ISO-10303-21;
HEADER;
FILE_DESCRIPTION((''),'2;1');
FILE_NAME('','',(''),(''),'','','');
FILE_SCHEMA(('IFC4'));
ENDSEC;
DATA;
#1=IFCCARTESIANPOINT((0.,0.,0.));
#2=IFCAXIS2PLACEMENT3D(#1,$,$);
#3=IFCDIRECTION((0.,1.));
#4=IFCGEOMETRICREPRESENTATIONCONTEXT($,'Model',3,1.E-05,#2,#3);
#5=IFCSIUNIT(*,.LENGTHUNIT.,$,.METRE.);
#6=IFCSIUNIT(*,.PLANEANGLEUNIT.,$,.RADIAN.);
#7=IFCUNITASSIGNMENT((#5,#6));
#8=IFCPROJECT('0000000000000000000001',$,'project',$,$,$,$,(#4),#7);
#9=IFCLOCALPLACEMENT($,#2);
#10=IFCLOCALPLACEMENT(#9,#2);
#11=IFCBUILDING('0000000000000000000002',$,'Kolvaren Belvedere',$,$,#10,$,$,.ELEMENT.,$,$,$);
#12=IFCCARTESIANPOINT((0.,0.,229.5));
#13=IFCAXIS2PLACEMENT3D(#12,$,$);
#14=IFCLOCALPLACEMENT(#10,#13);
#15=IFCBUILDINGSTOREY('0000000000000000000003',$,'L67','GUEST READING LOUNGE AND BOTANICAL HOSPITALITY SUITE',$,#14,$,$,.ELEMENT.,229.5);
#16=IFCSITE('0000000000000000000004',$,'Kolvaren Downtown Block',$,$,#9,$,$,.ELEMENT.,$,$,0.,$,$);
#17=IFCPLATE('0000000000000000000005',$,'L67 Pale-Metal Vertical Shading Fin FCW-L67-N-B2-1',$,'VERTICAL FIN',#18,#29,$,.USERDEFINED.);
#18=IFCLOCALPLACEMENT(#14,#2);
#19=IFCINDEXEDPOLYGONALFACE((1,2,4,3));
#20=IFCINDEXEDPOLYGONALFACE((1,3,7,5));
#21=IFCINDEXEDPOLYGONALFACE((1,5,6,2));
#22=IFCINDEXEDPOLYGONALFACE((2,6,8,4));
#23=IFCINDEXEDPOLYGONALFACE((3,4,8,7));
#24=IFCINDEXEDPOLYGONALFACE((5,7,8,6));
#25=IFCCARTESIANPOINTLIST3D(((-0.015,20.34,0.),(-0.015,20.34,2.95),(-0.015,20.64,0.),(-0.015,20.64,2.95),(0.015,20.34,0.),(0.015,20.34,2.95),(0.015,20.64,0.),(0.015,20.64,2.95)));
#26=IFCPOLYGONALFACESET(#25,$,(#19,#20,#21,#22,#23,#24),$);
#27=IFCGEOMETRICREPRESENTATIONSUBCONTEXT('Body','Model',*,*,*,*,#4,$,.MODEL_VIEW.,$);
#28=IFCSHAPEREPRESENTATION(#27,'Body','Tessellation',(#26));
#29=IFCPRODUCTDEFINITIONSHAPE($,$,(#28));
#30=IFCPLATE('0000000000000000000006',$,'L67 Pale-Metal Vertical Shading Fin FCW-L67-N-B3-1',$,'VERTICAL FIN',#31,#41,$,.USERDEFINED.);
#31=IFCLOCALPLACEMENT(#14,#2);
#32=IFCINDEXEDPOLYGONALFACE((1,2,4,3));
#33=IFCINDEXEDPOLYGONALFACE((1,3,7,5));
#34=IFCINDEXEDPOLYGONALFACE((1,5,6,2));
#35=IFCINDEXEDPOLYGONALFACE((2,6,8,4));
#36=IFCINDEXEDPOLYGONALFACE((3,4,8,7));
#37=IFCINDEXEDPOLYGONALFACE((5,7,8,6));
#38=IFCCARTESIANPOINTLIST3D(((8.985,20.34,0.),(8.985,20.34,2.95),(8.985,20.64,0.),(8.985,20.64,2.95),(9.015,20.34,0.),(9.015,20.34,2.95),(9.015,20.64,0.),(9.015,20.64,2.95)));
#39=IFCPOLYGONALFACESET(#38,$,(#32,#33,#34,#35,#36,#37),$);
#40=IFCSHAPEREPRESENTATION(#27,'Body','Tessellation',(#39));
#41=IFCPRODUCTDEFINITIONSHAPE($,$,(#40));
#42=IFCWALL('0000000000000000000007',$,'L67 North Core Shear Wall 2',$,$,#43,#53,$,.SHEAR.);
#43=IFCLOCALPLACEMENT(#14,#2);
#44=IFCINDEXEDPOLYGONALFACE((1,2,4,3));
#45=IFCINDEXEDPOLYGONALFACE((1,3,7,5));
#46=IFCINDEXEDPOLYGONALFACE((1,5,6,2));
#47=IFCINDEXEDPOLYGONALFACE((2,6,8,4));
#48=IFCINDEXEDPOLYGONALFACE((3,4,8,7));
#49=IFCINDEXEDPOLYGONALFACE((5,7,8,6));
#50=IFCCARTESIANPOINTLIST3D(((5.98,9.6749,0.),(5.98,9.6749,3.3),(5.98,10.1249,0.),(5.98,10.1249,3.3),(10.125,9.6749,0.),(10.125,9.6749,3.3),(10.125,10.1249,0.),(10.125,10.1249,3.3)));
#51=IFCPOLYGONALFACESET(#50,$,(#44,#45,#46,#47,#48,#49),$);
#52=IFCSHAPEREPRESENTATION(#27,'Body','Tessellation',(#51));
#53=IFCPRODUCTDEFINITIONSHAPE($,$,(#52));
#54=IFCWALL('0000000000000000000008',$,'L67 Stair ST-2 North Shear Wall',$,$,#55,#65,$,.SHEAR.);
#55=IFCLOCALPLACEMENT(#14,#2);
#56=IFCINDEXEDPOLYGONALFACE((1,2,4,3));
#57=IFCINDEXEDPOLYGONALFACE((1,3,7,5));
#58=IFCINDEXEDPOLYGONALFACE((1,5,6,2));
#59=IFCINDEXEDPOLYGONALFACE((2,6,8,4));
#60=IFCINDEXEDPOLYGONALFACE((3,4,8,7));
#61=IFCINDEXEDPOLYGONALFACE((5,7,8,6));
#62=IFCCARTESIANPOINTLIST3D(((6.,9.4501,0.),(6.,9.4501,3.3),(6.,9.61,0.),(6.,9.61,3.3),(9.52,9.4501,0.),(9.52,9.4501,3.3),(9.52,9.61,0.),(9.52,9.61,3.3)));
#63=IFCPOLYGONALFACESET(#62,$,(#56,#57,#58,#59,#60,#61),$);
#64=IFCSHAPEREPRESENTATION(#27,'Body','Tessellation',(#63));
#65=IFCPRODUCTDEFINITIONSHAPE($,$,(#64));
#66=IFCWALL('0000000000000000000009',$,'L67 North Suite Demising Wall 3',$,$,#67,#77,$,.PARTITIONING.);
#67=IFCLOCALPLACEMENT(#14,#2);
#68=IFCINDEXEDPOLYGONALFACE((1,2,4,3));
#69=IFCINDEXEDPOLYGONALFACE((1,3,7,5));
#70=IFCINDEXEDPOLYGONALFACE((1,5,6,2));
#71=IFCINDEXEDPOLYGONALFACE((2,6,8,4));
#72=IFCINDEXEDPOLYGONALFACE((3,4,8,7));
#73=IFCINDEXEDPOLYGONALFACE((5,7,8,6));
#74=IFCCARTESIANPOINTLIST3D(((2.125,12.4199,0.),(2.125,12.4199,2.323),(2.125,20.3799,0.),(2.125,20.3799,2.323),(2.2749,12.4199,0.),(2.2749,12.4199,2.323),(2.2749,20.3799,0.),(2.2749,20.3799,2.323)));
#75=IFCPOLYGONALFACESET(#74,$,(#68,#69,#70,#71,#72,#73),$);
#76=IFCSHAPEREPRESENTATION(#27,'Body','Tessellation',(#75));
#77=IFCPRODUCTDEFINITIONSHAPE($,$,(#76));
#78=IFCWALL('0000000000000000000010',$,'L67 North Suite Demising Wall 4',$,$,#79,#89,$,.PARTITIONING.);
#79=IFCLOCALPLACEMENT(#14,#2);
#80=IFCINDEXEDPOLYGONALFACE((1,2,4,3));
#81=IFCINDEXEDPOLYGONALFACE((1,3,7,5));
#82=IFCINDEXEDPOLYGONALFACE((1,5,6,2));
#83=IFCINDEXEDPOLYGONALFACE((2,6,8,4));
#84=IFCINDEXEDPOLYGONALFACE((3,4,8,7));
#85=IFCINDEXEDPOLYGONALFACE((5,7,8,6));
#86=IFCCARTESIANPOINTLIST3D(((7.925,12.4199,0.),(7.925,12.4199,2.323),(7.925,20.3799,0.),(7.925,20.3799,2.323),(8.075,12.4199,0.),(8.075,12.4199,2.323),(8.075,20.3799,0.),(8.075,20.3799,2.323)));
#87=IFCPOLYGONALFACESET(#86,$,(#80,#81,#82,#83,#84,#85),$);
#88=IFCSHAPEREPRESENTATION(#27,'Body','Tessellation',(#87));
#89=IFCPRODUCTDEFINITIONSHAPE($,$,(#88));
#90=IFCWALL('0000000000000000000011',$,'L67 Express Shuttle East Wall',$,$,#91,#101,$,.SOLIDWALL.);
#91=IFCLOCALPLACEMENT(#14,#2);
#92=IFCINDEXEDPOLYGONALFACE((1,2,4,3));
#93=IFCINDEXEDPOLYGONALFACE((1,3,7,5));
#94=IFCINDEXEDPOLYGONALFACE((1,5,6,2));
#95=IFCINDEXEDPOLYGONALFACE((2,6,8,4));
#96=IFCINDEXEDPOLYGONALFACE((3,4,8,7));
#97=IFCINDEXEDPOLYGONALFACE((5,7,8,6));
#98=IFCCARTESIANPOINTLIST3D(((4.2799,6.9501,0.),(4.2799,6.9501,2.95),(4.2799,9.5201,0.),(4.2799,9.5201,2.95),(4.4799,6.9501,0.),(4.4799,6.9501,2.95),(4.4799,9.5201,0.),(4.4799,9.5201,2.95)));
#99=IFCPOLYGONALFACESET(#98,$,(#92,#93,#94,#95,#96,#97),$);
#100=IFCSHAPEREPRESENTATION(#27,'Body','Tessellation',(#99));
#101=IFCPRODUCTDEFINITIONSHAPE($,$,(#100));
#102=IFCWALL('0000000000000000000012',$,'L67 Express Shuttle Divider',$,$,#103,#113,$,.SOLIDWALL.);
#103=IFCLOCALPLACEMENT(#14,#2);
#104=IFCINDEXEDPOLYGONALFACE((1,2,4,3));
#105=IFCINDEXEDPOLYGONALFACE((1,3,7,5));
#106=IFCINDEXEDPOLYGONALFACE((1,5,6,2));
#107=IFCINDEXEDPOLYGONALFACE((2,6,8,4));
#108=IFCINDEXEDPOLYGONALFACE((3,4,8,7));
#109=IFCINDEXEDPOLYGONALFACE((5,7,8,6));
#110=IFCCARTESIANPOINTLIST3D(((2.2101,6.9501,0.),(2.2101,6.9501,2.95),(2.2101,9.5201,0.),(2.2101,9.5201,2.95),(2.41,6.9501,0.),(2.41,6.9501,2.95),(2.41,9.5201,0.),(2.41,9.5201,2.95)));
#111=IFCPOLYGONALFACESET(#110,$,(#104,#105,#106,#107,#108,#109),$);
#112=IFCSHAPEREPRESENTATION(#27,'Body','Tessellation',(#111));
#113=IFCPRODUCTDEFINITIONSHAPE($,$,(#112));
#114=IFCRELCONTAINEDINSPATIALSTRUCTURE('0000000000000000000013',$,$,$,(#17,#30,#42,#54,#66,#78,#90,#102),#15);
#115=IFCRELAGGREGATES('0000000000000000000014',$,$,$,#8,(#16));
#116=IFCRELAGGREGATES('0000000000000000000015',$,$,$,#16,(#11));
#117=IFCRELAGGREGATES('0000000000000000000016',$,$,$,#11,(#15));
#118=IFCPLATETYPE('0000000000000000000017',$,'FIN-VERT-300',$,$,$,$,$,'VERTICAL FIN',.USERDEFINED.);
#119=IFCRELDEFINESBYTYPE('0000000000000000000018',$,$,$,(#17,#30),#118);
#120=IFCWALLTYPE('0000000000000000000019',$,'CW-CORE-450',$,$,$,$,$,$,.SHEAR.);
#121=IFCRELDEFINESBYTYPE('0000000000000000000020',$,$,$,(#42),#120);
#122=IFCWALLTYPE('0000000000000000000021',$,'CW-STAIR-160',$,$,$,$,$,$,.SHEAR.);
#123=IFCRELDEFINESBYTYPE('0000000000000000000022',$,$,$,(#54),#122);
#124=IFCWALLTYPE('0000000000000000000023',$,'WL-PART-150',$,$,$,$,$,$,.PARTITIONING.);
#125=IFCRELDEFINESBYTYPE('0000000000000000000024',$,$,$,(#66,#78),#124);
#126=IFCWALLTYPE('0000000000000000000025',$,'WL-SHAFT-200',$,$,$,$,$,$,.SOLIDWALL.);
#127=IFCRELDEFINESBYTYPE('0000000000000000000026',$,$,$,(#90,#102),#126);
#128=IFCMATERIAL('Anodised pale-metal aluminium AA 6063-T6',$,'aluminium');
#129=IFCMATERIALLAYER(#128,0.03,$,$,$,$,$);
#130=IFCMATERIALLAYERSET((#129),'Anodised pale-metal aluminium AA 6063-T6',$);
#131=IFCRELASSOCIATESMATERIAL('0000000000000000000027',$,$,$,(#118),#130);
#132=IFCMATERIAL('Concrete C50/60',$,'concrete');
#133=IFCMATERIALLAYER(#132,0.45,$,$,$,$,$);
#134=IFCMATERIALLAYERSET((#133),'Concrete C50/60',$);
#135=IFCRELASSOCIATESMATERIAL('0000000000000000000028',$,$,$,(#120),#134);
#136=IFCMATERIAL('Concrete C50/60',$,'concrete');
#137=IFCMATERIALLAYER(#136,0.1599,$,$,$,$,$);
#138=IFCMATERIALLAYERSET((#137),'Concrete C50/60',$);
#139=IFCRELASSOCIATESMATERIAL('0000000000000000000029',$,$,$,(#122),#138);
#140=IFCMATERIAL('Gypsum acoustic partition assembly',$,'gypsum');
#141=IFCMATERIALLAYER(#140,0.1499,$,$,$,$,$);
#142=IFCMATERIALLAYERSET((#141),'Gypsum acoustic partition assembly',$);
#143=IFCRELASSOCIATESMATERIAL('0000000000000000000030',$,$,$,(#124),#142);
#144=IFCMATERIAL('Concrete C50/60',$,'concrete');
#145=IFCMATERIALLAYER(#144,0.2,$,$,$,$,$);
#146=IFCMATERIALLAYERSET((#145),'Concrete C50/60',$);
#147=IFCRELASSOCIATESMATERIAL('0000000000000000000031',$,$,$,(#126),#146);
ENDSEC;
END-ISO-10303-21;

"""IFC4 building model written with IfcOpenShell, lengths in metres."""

from ifc_helpers import new_model, si_unit, direction, frame, frame_2d, origin, origin_2d, place, context, subcontext, project, spatial, rectangle, extrude, material, layer, layer_set, type_object, element, save


model = new_model("IFC4")

# Units and contexts
model_context = context("Model", 3, precision=1e-05, world=origin(), true_north=direction((0.0, 1.0)))
body_context = subcontext(model_context, "Body", "Model", "MODEL_VIEW")
ifc_project = project(units=[si_unit("LENGTHUNIT", "METRE"), si_unit("PLANEANGLEUNIT", "RADIAN")], contexts=[model_context])

# Site, building, storey
site_placement = place(None, origin())
site = spatial("IfcSite", under=ifc_project, at=site_placement, Name="Kolvaren Downtown Block", CompositionType="ELEMENT", RefElevation=0.0)
building_placement = place(site_placement, origin())
building = spatial("IfcBuilding", under=site, at=building_placement, Name="Kolvaren Belvedere", CompositionType="ELEMENT")
storey_placement = place(building_placement, frame((0.0, 0.0, 229.5)))
storey = spatial("IfcBuildingStorey", under=building, at=storey_placement, Name="L67", Description="GUEST READING LOUNGE AND BOTANICAL HOSPITALITY SUITE", CompositionType="ELEMENT", Elevation=229.5)

# Plates
ifc_material_1 = material(Name="Anodised pale-metal aluminium AA 6063-T6", Category="aluminium")
ifc_layer_1 = layer(ifc_material_1, 0.03)
ifc_layer_set_1 = layer_set([ifc_layer_1], Name="Anodised pale-metal aluminium AA 6063-T6")
plate_type_1 = type_object("IfcPlateType", Name="FIN-VERT-300", ElementType="VERTICAL FIN", PredefinedType="USERDEFINED", material=ifc_layer_set_1)
for number, where, z_axis, x_axis, name in (
    (1, (0.0, 20.49, 0.0), (0.0, 0.0, 1.0), (0.0, 1.0, 0.0), "L67 Pale-Metal Vertical Shading Fin FCW-L67-N-B2-1"),
    (2, (9.0, 20.49, 0.0), (0.0, 0.0, 1.0), (0.0, 1.0, 0.0), "L67 Pale-Metal Vertical Shading Fin FCW-L67-N-B3-1"),
):
    element("IfcPlate", number, at=place(storey_placement, frame(where, z_axis=z_axis, x_axis=x_axis)), inside=storey, type_object=plate_type_1, Name=name, ObjectType="VERTICAL FIN", PredefinedType="USERDEFINED", context=body_context, shape_type="SweptSolid", body=[
        extrude(rectangle(XDim=0.3, YDim=0.03, at=origin_2d()), origin(), (0.0, 0.0, 1.0), 2.95),
    ])

# Walls
ifc_material_2 = material(Name="Concrete C50/60", Category="concrete")
ifc_layer_2 = layer(ifc_material_2, 0.45)
ifc_layer_set_2 = layer_set([ifc_layer_2], Name="Concrete C50/60")
wall_type_1 = type_object("IfcWallType", Name="CW-CORE-450", PredefinedType="SHEAR", material=ifc_layer_set_2)
wall_1_placement = place(storey_placement, frame((5.98, 9.8999, 0.0), z_axis=(0.0, 0.0, 1.0), x_axis=(1.0, 0.0, 0.0)))
element("IfcWall", 3, at=wall_1_placement, inside=storey, type_object=wall_type_1, Name="L67 North Core Shear Wall 2", PredefinedType="SHEAR", context=body_context, shape_type="SweptSolid", body=[
    extrude(rectangle(XDim=4.145, YDim=0.45, at=frame_2d((2.0725, 0.0))), origin(), (0.0, 0.0, 1.0), 3.3),
])
ifc_material_3 = material(Name="Concrete C50/60", Category="concrete")
ifc_layer_3 = layer(ifc_material_3, 0.1599)
ifc_layer_set_3 = layer_set([ifc_layer_3], Name="Concrete C50/60")
wall_type_2 = type_object("IfcWallType", Name="CW-STAIR-160", PredefinedType="SHEAR", material=ifc_layer_set_3)
wall_2_placement = place(storey_placement, frame((6.0, 9.53, 0.0), z_axis=(0.0, 0.0, 1.0), x_axis=(1.0, 0.0, 0.0)))
element("IfcWall", 4, at=wall_2_placement, inside=storey, type_object=wall_type_2, Name="L67 Stair ST-2 North Shear Wall", PredefinedType="SHEAR", context=body_context, shape_type="SweptSolid", body=[
    extrude(rectangle(XDim=3.52, YDim=0.1599, at=frame_2d((1.76, 0.0))), origin(), (0.0, 0.0, 1.0), 3.3),
])
ifc_material_4 = material(Name="Gypsum acoustic partition assembly", Category="gypsum")
ifc_layer_4 = layer(ifc_material_4, 0.1499)
ifc_layer_set_4 = layer_set([ifc_layer_4], Name="Gypsum acoustic partition assembly")
wall_type_3 = type_object("IfcWallType", Name="WL-PART-150", PredefinedType="PARTITIONING", material=ifc_layer_set_4)
for number, where, z_axis, x_axis, name in (
    (5, (2.2, 12.4199, 0.0), (0.0, 0.0, 1.0), (0.0, 1.0, 0.0), "L67 North Suite Demising Wall 3"),
    (6, (8.0, 12.4199, 0.0), (0.0, 0.0, 1.0), (0.0, 1.0, 0.0), "L67 North Suite Demising Wall 4"),
):
    element("IfcWall", number, at=place(storey_placement, frame(where, z_axis=z_axis, x_axis=x_axis)), inside=storey, type_object=wall_type_3, Name=name, PredefinedType="PARTITIONING", context=body_context, shape_type="SweptSolid", body=[
        extrude(rectangle(XDim=7.96, YDim=0.1499, at=frame_2d((3.98, 0.0))), origin(), (0.0, 0.0, 1.0), 2.323),
    ])
ifc_material_5 = material(Name="Concrete C50/60", Category="concrete")
ifc_layer_5 = layer(ifc_material_5, 0.2)
ifc_layer_set_5 = layer_set([ifc_layer_5], Name="Concrete C50/60")
wall_type_4 = type_object("IfcWallType", Name="WL-SHAFT-200", PredefinedType="SOLIDWALL", material=ifc_layer_set_5)
for number, where, z_axis, x_axis, name in (
    (7, (4.3799, 6.95, 0.0), (0.0, 0.0, 1.0), (0.0, 1.0, 0.0), "L67 Express Shuttle East Wall"),
    (8, (2.3101, 6.95, 0.0), (0.0, 0.0, 1.0), (0.0, 1.0, 0.0), "L67 Express Shuttle Divider"),
):
    element("IfcWall", number, at=place(storey_placement, frame(where, z_axis=z_axis, x_axis=x_axis)), inside=storey, type_object=wall_type_4, Name=name, PredefinedType="SOLIDWALL", context=body_context, shape_type="SweptSolid", body=[
        extrude(rectangle(XDim=2.5701, YDim=0.2, at=frame_2d((1.2852, 0.0))), origin(), (0.0, 0.0, 1.0), 2.95),
    ])

save(model, "model.ifc")
